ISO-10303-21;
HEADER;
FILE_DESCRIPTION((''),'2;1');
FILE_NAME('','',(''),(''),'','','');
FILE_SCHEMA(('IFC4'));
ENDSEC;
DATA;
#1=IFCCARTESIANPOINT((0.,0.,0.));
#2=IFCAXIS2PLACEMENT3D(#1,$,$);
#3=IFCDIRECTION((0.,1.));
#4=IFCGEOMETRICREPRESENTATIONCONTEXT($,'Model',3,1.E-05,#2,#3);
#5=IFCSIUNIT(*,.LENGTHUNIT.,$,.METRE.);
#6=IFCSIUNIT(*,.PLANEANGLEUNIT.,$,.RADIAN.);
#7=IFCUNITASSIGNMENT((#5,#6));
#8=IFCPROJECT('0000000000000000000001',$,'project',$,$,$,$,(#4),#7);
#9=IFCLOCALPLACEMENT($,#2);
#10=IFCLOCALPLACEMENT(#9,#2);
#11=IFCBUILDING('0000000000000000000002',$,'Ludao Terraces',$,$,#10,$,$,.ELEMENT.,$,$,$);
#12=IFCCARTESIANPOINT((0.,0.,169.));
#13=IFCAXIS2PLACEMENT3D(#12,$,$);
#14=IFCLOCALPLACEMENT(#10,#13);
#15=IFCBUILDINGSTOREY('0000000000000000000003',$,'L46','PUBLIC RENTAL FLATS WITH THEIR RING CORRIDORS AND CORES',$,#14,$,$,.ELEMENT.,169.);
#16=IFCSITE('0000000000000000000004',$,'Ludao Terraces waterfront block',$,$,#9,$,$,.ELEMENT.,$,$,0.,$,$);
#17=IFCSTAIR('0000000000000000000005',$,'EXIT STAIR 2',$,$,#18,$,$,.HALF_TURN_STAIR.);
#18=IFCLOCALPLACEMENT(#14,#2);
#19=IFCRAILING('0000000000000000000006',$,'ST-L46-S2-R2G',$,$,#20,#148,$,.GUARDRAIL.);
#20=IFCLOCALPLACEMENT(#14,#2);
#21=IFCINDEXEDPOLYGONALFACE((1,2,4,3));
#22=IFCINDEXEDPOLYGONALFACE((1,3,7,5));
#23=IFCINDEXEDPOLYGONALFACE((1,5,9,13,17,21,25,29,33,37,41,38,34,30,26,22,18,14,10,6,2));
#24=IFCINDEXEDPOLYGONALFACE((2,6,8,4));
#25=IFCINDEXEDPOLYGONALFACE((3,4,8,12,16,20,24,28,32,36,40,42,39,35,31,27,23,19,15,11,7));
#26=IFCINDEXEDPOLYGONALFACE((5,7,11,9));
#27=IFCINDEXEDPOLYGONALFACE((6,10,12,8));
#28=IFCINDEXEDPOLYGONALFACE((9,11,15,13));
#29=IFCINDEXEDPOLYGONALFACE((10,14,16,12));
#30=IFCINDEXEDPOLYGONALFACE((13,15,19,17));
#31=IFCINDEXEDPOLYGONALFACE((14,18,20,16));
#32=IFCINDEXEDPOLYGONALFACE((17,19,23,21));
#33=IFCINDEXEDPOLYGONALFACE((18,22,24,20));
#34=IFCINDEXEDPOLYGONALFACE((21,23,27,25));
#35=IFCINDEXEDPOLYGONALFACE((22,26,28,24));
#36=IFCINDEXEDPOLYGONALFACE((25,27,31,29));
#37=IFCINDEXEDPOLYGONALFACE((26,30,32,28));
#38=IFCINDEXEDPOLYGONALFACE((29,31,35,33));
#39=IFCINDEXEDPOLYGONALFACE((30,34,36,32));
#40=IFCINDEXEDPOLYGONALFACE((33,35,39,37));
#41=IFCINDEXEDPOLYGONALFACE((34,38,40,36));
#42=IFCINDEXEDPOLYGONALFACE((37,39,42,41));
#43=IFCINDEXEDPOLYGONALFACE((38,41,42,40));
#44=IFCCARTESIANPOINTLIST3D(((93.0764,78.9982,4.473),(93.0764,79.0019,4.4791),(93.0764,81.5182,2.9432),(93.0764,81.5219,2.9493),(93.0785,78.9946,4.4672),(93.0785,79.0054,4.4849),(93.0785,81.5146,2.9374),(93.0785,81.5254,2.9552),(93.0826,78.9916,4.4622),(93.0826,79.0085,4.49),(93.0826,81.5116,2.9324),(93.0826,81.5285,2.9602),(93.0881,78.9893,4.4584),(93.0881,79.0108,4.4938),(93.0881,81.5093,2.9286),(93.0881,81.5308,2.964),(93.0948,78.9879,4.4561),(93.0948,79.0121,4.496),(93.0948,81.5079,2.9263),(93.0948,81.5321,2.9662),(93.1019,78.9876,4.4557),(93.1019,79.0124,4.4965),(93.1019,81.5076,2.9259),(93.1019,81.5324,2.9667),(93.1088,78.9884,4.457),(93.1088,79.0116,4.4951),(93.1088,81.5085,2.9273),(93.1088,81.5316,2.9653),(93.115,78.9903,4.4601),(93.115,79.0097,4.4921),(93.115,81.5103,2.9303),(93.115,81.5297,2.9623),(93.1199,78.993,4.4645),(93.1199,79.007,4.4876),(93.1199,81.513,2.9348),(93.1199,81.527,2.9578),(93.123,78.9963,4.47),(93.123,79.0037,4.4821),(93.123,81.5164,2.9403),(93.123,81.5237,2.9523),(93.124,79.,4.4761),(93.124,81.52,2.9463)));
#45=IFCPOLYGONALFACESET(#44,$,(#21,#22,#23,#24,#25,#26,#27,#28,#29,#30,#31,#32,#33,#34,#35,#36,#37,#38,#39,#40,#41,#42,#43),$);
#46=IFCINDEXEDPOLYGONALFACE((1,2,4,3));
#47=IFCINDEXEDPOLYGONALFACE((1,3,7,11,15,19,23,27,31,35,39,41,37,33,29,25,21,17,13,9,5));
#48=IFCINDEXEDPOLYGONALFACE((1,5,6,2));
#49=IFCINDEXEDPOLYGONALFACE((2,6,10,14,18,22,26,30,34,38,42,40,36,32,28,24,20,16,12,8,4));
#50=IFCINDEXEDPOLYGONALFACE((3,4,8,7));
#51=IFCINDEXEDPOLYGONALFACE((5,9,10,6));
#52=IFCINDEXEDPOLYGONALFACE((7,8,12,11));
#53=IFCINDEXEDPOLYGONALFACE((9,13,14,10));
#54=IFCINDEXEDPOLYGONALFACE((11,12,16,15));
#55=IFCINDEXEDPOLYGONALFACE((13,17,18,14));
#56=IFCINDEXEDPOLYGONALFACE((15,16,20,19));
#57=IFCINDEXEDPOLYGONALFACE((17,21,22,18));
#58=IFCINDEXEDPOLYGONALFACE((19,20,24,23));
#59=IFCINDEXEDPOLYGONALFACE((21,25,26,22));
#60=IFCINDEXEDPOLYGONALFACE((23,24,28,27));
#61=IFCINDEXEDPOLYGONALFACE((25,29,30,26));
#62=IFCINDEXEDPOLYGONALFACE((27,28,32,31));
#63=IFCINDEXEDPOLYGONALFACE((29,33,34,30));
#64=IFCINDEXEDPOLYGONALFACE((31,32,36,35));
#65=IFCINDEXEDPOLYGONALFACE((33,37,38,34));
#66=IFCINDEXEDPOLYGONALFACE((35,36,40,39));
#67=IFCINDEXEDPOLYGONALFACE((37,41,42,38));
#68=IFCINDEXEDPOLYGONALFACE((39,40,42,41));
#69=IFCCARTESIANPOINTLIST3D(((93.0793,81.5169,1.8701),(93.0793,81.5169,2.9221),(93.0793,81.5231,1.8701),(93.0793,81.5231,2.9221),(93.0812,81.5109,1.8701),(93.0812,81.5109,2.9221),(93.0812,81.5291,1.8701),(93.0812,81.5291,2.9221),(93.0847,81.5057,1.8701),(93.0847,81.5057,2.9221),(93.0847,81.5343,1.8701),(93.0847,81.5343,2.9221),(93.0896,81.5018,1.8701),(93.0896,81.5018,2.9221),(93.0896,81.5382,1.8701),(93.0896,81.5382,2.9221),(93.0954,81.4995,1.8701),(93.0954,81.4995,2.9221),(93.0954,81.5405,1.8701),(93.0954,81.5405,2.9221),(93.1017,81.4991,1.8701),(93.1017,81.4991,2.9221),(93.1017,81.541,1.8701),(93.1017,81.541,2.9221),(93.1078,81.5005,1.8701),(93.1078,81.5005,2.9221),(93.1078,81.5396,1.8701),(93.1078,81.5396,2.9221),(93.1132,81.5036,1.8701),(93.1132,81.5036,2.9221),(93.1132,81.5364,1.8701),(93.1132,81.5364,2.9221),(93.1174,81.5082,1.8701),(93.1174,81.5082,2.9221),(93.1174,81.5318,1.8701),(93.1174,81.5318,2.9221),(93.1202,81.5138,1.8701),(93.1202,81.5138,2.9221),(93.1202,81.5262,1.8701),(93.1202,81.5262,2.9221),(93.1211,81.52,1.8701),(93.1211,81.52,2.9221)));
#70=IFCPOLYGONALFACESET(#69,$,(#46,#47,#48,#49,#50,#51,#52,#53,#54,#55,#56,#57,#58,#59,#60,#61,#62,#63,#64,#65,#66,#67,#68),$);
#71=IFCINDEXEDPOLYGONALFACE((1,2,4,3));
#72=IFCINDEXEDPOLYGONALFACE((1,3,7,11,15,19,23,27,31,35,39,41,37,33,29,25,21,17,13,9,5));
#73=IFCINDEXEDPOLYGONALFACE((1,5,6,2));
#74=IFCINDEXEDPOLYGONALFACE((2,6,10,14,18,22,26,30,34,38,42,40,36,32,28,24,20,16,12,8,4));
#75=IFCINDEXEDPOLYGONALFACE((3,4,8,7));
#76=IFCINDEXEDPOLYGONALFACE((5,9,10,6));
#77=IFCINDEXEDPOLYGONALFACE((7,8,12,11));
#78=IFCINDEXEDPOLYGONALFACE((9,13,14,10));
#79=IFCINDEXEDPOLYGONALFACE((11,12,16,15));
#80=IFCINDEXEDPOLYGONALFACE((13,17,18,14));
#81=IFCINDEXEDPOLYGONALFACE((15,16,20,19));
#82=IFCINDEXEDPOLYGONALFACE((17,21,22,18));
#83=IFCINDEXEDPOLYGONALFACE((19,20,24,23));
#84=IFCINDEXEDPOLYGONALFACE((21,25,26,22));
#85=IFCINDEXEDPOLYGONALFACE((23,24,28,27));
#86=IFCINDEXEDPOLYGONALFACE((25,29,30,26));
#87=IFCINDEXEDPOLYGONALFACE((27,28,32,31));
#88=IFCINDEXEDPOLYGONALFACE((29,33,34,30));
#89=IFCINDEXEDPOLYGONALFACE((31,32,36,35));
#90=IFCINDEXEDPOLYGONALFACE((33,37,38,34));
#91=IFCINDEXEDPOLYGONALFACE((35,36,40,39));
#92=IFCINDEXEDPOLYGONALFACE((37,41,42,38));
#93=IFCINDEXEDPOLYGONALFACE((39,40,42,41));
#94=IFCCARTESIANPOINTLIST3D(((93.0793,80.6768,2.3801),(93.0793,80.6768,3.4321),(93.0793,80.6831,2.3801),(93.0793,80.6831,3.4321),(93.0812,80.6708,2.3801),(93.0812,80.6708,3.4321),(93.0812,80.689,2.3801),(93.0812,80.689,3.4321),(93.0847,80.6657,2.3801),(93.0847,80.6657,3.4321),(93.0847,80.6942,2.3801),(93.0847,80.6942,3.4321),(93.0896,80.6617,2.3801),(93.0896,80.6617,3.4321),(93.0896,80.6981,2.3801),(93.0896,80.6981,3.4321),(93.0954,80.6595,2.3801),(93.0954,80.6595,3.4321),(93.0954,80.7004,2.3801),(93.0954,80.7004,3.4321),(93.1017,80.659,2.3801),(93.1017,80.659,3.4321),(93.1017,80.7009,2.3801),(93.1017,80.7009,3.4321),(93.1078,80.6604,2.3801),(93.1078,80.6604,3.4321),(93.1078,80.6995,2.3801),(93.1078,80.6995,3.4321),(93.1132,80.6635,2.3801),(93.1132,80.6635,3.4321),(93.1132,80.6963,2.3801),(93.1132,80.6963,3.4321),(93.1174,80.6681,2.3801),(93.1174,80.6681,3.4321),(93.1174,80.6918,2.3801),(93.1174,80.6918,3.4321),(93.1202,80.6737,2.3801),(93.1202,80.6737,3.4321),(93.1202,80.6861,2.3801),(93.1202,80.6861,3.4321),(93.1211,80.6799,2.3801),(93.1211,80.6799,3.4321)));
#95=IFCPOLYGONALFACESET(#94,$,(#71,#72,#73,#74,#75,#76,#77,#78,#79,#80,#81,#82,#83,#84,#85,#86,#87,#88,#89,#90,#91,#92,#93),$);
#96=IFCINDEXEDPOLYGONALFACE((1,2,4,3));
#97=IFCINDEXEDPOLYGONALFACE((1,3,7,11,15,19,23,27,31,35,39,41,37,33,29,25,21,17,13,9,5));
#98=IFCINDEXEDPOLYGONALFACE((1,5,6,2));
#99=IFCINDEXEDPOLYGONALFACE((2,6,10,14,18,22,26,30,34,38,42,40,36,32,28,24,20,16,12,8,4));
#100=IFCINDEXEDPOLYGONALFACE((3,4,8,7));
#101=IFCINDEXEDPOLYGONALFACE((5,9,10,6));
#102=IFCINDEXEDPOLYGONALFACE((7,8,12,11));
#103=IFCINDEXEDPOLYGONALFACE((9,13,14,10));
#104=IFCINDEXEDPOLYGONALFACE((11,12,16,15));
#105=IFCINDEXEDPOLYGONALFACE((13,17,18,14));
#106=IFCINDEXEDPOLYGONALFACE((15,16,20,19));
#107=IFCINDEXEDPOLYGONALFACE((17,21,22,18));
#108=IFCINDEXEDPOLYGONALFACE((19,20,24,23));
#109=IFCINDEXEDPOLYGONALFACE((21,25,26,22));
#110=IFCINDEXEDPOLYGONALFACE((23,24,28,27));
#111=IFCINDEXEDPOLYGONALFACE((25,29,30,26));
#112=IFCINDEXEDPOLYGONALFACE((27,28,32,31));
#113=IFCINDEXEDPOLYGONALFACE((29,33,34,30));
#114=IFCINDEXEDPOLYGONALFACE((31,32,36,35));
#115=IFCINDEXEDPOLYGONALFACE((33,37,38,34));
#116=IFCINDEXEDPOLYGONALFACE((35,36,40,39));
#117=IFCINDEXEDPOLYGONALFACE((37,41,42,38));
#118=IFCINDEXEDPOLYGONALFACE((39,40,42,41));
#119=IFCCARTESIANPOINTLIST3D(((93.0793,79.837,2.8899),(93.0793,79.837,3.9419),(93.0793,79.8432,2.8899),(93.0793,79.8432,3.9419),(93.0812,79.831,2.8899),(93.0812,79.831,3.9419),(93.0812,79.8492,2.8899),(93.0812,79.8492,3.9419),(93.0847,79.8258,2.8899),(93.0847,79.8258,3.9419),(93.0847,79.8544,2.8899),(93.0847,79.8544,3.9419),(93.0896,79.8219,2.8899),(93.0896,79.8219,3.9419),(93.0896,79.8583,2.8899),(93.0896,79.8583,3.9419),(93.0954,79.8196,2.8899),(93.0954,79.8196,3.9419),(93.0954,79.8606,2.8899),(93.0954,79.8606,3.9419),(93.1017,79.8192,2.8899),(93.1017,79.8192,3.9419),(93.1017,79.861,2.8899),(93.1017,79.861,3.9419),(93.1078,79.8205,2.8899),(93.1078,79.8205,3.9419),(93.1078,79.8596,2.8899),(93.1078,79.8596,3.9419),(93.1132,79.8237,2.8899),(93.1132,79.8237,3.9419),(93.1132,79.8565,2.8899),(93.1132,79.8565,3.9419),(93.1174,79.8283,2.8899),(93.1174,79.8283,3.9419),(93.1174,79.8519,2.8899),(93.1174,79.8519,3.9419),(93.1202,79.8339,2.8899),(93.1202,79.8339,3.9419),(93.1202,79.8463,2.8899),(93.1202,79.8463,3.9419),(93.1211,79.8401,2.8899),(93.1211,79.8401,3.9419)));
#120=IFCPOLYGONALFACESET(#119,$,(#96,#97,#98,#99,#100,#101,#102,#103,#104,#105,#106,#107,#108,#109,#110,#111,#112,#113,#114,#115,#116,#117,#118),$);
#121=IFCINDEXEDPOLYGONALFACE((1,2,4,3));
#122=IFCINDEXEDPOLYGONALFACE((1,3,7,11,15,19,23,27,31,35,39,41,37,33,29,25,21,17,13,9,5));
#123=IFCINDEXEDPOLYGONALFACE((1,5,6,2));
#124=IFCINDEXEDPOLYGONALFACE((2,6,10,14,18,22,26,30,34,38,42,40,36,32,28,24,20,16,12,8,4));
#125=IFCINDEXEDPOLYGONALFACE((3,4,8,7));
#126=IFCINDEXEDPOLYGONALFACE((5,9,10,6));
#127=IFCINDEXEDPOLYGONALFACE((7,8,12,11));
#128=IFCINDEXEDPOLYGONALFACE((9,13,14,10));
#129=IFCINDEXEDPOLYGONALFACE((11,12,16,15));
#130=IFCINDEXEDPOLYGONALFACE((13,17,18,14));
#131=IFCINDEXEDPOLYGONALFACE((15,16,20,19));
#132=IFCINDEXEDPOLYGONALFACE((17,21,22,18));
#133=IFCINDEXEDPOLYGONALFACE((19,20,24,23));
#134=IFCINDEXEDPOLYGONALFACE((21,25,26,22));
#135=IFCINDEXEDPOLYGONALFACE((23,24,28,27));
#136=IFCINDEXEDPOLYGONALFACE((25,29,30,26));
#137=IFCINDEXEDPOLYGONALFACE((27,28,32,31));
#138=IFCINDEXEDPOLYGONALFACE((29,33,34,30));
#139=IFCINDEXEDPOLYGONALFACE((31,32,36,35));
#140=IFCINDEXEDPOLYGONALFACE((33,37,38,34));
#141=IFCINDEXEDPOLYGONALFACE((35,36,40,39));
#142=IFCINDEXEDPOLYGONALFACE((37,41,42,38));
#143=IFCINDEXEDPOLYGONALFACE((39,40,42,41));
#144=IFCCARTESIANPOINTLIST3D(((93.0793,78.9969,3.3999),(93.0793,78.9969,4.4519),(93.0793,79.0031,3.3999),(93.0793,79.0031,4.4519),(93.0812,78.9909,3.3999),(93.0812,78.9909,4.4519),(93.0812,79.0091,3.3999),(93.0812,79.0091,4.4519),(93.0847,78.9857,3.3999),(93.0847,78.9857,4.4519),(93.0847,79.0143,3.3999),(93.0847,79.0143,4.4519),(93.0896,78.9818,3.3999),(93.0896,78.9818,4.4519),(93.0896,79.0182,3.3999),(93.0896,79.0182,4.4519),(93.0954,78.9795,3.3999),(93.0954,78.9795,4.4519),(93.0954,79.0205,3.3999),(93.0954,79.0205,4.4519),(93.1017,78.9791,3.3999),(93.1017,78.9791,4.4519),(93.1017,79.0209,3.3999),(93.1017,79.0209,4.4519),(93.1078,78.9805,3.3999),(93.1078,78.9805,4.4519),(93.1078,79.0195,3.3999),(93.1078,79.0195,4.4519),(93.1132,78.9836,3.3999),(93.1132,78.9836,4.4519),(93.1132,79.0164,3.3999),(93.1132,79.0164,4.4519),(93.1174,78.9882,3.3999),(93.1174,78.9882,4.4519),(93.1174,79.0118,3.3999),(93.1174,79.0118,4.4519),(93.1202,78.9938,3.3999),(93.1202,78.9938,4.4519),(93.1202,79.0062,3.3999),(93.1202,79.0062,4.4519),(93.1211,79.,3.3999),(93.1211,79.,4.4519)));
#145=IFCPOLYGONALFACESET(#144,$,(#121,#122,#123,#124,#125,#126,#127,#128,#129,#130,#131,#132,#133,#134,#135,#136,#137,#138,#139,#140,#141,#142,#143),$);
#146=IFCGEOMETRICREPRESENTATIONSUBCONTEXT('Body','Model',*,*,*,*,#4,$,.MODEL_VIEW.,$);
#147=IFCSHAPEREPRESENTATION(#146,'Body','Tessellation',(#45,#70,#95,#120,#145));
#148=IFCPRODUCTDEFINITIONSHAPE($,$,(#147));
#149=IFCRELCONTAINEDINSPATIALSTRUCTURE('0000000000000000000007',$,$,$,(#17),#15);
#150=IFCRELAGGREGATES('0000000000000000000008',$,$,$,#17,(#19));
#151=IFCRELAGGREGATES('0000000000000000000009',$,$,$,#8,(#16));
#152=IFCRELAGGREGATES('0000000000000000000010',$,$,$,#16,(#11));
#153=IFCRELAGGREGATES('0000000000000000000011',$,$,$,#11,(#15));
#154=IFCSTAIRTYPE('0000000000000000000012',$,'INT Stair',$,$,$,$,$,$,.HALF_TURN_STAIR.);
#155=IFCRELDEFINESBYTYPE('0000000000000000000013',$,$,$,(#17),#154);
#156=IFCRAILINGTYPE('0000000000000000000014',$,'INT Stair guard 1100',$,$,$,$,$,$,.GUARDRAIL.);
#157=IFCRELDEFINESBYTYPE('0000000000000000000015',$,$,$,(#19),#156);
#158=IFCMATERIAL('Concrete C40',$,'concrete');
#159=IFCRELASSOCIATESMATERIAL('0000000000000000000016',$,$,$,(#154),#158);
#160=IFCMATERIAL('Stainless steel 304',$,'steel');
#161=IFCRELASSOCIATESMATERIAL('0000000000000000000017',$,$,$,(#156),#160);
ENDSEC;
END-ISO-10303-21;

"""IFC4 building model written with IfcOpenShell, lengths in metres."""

from ifc_helpers import new_model, si_unit, direction, frame, origin, origin_2d, place, context, subcontext, project, spatial, circle, extrude, material, type_object, element, aggregate, save


model = new_model("IFC4")

# Units and contexts
model_context = context("Model", 3, precision=1e-05, world=origin(), true_north=direction((0.0, 1.0)))
body_context = subcontext(model_context, "Body", "Model", "MODEL_VIEW")
ifc_project = project(units=[si_unit("LENGTHUNIT", "METRE"), si_unit("PLANEANGLEUNIT", "RADIAN")], contexts=[model_context])

# Site, building, storey
site_placement = place(None, origin())
site = spatial("IfcSite", under=ifc_project, at=site_placement, Name="Ludao Terraces waterfront block", CompositionType="ELEMENT", RefElevation=0.0)
building_placement = place(site_placement, origin())
building = spatial("IfcBuilding", under=site, at=building_placement, Name="Ludao Terraces", CompositionType="ELEMENT")
storey_placement = place(building_placement, frame((0.0, 0.0, 169.0)))
storey = spatial("IfcBuildingStorey", under=building, at=storey_placement, Name="L46", Description="PUBLIC RENTAL FLATS WITH THEIR RING CORRIDORS AND CORES", CompositionType="ELEMENT", Elevation=169.0)

# Shared definitions
ifc_material_1 = material(Name="Stainless steel 304", Category="steel")

# Stair, railing
ifc_material_2 = material(Name="Concrete C40", Category="concrete")
stair_type = type_object("IfcStairType", Name="INT Stair", PredefinedType="HALF_TURN_STAIR", material=ifc_material_2)
stair_placement = place(storey_placement, origin())
stair = element("IfcStair", 1, at=stair_placement, inside=storey, type_object=stair_type, Name="EXIT STAIR 2", PredefinedType="HALF_TURN_STAIR")
railing_type = type_object("IfcRailingType", Name="INT Stair guard 1100", PredefinedType="GUARDRAIL", material=ifc_material_1)
railing_1_placement = place(storey_placement, frame((93.1001, 81.52, 1.8701)))
railing_1 = element("IfcRailing", 2, at=railing_1_placement, type_object=railing_type, Name="ST-L46-S2-R2G", PredefinedType="GUARDRAIL", context=body_context, shape_type="SweptSolid", body=[
    extrude(circle(Radius=0.0239, at=origin_2d()), frame((0.0, 0.0, 1.0762), z_axis=(0.0, -0.854822, 0.518922), x_axis=(1.0, 0.0, 0.0)), (0.0, 0.0, 1.0), 2.948),
    extrude(circle(Radius=0.021, at=origin_2d()), origin(), (0.0, 0.0, 1.0), 1.052),
    extrude(circle(Radius=0.021, at=origin_2d()), frame((0.0, -0.8401, 0.51)), (0.0, 0.0, 1.0), 1.052),
    extrude(circle(Radius=0.021, at=origin_2d()), frame((0.0, -1.6799, 1.0198)), (0.0, 0.0, 1.0), 1.052),
    extrude(circle(Radius=0.021, at=origin_2d()), frame((0.0, -2.52, 1.5298)), (0.0, 0.0, 1.0), 1.052),
])
aggregate(stair, [railing_1])

save(model, "model.ifc")
